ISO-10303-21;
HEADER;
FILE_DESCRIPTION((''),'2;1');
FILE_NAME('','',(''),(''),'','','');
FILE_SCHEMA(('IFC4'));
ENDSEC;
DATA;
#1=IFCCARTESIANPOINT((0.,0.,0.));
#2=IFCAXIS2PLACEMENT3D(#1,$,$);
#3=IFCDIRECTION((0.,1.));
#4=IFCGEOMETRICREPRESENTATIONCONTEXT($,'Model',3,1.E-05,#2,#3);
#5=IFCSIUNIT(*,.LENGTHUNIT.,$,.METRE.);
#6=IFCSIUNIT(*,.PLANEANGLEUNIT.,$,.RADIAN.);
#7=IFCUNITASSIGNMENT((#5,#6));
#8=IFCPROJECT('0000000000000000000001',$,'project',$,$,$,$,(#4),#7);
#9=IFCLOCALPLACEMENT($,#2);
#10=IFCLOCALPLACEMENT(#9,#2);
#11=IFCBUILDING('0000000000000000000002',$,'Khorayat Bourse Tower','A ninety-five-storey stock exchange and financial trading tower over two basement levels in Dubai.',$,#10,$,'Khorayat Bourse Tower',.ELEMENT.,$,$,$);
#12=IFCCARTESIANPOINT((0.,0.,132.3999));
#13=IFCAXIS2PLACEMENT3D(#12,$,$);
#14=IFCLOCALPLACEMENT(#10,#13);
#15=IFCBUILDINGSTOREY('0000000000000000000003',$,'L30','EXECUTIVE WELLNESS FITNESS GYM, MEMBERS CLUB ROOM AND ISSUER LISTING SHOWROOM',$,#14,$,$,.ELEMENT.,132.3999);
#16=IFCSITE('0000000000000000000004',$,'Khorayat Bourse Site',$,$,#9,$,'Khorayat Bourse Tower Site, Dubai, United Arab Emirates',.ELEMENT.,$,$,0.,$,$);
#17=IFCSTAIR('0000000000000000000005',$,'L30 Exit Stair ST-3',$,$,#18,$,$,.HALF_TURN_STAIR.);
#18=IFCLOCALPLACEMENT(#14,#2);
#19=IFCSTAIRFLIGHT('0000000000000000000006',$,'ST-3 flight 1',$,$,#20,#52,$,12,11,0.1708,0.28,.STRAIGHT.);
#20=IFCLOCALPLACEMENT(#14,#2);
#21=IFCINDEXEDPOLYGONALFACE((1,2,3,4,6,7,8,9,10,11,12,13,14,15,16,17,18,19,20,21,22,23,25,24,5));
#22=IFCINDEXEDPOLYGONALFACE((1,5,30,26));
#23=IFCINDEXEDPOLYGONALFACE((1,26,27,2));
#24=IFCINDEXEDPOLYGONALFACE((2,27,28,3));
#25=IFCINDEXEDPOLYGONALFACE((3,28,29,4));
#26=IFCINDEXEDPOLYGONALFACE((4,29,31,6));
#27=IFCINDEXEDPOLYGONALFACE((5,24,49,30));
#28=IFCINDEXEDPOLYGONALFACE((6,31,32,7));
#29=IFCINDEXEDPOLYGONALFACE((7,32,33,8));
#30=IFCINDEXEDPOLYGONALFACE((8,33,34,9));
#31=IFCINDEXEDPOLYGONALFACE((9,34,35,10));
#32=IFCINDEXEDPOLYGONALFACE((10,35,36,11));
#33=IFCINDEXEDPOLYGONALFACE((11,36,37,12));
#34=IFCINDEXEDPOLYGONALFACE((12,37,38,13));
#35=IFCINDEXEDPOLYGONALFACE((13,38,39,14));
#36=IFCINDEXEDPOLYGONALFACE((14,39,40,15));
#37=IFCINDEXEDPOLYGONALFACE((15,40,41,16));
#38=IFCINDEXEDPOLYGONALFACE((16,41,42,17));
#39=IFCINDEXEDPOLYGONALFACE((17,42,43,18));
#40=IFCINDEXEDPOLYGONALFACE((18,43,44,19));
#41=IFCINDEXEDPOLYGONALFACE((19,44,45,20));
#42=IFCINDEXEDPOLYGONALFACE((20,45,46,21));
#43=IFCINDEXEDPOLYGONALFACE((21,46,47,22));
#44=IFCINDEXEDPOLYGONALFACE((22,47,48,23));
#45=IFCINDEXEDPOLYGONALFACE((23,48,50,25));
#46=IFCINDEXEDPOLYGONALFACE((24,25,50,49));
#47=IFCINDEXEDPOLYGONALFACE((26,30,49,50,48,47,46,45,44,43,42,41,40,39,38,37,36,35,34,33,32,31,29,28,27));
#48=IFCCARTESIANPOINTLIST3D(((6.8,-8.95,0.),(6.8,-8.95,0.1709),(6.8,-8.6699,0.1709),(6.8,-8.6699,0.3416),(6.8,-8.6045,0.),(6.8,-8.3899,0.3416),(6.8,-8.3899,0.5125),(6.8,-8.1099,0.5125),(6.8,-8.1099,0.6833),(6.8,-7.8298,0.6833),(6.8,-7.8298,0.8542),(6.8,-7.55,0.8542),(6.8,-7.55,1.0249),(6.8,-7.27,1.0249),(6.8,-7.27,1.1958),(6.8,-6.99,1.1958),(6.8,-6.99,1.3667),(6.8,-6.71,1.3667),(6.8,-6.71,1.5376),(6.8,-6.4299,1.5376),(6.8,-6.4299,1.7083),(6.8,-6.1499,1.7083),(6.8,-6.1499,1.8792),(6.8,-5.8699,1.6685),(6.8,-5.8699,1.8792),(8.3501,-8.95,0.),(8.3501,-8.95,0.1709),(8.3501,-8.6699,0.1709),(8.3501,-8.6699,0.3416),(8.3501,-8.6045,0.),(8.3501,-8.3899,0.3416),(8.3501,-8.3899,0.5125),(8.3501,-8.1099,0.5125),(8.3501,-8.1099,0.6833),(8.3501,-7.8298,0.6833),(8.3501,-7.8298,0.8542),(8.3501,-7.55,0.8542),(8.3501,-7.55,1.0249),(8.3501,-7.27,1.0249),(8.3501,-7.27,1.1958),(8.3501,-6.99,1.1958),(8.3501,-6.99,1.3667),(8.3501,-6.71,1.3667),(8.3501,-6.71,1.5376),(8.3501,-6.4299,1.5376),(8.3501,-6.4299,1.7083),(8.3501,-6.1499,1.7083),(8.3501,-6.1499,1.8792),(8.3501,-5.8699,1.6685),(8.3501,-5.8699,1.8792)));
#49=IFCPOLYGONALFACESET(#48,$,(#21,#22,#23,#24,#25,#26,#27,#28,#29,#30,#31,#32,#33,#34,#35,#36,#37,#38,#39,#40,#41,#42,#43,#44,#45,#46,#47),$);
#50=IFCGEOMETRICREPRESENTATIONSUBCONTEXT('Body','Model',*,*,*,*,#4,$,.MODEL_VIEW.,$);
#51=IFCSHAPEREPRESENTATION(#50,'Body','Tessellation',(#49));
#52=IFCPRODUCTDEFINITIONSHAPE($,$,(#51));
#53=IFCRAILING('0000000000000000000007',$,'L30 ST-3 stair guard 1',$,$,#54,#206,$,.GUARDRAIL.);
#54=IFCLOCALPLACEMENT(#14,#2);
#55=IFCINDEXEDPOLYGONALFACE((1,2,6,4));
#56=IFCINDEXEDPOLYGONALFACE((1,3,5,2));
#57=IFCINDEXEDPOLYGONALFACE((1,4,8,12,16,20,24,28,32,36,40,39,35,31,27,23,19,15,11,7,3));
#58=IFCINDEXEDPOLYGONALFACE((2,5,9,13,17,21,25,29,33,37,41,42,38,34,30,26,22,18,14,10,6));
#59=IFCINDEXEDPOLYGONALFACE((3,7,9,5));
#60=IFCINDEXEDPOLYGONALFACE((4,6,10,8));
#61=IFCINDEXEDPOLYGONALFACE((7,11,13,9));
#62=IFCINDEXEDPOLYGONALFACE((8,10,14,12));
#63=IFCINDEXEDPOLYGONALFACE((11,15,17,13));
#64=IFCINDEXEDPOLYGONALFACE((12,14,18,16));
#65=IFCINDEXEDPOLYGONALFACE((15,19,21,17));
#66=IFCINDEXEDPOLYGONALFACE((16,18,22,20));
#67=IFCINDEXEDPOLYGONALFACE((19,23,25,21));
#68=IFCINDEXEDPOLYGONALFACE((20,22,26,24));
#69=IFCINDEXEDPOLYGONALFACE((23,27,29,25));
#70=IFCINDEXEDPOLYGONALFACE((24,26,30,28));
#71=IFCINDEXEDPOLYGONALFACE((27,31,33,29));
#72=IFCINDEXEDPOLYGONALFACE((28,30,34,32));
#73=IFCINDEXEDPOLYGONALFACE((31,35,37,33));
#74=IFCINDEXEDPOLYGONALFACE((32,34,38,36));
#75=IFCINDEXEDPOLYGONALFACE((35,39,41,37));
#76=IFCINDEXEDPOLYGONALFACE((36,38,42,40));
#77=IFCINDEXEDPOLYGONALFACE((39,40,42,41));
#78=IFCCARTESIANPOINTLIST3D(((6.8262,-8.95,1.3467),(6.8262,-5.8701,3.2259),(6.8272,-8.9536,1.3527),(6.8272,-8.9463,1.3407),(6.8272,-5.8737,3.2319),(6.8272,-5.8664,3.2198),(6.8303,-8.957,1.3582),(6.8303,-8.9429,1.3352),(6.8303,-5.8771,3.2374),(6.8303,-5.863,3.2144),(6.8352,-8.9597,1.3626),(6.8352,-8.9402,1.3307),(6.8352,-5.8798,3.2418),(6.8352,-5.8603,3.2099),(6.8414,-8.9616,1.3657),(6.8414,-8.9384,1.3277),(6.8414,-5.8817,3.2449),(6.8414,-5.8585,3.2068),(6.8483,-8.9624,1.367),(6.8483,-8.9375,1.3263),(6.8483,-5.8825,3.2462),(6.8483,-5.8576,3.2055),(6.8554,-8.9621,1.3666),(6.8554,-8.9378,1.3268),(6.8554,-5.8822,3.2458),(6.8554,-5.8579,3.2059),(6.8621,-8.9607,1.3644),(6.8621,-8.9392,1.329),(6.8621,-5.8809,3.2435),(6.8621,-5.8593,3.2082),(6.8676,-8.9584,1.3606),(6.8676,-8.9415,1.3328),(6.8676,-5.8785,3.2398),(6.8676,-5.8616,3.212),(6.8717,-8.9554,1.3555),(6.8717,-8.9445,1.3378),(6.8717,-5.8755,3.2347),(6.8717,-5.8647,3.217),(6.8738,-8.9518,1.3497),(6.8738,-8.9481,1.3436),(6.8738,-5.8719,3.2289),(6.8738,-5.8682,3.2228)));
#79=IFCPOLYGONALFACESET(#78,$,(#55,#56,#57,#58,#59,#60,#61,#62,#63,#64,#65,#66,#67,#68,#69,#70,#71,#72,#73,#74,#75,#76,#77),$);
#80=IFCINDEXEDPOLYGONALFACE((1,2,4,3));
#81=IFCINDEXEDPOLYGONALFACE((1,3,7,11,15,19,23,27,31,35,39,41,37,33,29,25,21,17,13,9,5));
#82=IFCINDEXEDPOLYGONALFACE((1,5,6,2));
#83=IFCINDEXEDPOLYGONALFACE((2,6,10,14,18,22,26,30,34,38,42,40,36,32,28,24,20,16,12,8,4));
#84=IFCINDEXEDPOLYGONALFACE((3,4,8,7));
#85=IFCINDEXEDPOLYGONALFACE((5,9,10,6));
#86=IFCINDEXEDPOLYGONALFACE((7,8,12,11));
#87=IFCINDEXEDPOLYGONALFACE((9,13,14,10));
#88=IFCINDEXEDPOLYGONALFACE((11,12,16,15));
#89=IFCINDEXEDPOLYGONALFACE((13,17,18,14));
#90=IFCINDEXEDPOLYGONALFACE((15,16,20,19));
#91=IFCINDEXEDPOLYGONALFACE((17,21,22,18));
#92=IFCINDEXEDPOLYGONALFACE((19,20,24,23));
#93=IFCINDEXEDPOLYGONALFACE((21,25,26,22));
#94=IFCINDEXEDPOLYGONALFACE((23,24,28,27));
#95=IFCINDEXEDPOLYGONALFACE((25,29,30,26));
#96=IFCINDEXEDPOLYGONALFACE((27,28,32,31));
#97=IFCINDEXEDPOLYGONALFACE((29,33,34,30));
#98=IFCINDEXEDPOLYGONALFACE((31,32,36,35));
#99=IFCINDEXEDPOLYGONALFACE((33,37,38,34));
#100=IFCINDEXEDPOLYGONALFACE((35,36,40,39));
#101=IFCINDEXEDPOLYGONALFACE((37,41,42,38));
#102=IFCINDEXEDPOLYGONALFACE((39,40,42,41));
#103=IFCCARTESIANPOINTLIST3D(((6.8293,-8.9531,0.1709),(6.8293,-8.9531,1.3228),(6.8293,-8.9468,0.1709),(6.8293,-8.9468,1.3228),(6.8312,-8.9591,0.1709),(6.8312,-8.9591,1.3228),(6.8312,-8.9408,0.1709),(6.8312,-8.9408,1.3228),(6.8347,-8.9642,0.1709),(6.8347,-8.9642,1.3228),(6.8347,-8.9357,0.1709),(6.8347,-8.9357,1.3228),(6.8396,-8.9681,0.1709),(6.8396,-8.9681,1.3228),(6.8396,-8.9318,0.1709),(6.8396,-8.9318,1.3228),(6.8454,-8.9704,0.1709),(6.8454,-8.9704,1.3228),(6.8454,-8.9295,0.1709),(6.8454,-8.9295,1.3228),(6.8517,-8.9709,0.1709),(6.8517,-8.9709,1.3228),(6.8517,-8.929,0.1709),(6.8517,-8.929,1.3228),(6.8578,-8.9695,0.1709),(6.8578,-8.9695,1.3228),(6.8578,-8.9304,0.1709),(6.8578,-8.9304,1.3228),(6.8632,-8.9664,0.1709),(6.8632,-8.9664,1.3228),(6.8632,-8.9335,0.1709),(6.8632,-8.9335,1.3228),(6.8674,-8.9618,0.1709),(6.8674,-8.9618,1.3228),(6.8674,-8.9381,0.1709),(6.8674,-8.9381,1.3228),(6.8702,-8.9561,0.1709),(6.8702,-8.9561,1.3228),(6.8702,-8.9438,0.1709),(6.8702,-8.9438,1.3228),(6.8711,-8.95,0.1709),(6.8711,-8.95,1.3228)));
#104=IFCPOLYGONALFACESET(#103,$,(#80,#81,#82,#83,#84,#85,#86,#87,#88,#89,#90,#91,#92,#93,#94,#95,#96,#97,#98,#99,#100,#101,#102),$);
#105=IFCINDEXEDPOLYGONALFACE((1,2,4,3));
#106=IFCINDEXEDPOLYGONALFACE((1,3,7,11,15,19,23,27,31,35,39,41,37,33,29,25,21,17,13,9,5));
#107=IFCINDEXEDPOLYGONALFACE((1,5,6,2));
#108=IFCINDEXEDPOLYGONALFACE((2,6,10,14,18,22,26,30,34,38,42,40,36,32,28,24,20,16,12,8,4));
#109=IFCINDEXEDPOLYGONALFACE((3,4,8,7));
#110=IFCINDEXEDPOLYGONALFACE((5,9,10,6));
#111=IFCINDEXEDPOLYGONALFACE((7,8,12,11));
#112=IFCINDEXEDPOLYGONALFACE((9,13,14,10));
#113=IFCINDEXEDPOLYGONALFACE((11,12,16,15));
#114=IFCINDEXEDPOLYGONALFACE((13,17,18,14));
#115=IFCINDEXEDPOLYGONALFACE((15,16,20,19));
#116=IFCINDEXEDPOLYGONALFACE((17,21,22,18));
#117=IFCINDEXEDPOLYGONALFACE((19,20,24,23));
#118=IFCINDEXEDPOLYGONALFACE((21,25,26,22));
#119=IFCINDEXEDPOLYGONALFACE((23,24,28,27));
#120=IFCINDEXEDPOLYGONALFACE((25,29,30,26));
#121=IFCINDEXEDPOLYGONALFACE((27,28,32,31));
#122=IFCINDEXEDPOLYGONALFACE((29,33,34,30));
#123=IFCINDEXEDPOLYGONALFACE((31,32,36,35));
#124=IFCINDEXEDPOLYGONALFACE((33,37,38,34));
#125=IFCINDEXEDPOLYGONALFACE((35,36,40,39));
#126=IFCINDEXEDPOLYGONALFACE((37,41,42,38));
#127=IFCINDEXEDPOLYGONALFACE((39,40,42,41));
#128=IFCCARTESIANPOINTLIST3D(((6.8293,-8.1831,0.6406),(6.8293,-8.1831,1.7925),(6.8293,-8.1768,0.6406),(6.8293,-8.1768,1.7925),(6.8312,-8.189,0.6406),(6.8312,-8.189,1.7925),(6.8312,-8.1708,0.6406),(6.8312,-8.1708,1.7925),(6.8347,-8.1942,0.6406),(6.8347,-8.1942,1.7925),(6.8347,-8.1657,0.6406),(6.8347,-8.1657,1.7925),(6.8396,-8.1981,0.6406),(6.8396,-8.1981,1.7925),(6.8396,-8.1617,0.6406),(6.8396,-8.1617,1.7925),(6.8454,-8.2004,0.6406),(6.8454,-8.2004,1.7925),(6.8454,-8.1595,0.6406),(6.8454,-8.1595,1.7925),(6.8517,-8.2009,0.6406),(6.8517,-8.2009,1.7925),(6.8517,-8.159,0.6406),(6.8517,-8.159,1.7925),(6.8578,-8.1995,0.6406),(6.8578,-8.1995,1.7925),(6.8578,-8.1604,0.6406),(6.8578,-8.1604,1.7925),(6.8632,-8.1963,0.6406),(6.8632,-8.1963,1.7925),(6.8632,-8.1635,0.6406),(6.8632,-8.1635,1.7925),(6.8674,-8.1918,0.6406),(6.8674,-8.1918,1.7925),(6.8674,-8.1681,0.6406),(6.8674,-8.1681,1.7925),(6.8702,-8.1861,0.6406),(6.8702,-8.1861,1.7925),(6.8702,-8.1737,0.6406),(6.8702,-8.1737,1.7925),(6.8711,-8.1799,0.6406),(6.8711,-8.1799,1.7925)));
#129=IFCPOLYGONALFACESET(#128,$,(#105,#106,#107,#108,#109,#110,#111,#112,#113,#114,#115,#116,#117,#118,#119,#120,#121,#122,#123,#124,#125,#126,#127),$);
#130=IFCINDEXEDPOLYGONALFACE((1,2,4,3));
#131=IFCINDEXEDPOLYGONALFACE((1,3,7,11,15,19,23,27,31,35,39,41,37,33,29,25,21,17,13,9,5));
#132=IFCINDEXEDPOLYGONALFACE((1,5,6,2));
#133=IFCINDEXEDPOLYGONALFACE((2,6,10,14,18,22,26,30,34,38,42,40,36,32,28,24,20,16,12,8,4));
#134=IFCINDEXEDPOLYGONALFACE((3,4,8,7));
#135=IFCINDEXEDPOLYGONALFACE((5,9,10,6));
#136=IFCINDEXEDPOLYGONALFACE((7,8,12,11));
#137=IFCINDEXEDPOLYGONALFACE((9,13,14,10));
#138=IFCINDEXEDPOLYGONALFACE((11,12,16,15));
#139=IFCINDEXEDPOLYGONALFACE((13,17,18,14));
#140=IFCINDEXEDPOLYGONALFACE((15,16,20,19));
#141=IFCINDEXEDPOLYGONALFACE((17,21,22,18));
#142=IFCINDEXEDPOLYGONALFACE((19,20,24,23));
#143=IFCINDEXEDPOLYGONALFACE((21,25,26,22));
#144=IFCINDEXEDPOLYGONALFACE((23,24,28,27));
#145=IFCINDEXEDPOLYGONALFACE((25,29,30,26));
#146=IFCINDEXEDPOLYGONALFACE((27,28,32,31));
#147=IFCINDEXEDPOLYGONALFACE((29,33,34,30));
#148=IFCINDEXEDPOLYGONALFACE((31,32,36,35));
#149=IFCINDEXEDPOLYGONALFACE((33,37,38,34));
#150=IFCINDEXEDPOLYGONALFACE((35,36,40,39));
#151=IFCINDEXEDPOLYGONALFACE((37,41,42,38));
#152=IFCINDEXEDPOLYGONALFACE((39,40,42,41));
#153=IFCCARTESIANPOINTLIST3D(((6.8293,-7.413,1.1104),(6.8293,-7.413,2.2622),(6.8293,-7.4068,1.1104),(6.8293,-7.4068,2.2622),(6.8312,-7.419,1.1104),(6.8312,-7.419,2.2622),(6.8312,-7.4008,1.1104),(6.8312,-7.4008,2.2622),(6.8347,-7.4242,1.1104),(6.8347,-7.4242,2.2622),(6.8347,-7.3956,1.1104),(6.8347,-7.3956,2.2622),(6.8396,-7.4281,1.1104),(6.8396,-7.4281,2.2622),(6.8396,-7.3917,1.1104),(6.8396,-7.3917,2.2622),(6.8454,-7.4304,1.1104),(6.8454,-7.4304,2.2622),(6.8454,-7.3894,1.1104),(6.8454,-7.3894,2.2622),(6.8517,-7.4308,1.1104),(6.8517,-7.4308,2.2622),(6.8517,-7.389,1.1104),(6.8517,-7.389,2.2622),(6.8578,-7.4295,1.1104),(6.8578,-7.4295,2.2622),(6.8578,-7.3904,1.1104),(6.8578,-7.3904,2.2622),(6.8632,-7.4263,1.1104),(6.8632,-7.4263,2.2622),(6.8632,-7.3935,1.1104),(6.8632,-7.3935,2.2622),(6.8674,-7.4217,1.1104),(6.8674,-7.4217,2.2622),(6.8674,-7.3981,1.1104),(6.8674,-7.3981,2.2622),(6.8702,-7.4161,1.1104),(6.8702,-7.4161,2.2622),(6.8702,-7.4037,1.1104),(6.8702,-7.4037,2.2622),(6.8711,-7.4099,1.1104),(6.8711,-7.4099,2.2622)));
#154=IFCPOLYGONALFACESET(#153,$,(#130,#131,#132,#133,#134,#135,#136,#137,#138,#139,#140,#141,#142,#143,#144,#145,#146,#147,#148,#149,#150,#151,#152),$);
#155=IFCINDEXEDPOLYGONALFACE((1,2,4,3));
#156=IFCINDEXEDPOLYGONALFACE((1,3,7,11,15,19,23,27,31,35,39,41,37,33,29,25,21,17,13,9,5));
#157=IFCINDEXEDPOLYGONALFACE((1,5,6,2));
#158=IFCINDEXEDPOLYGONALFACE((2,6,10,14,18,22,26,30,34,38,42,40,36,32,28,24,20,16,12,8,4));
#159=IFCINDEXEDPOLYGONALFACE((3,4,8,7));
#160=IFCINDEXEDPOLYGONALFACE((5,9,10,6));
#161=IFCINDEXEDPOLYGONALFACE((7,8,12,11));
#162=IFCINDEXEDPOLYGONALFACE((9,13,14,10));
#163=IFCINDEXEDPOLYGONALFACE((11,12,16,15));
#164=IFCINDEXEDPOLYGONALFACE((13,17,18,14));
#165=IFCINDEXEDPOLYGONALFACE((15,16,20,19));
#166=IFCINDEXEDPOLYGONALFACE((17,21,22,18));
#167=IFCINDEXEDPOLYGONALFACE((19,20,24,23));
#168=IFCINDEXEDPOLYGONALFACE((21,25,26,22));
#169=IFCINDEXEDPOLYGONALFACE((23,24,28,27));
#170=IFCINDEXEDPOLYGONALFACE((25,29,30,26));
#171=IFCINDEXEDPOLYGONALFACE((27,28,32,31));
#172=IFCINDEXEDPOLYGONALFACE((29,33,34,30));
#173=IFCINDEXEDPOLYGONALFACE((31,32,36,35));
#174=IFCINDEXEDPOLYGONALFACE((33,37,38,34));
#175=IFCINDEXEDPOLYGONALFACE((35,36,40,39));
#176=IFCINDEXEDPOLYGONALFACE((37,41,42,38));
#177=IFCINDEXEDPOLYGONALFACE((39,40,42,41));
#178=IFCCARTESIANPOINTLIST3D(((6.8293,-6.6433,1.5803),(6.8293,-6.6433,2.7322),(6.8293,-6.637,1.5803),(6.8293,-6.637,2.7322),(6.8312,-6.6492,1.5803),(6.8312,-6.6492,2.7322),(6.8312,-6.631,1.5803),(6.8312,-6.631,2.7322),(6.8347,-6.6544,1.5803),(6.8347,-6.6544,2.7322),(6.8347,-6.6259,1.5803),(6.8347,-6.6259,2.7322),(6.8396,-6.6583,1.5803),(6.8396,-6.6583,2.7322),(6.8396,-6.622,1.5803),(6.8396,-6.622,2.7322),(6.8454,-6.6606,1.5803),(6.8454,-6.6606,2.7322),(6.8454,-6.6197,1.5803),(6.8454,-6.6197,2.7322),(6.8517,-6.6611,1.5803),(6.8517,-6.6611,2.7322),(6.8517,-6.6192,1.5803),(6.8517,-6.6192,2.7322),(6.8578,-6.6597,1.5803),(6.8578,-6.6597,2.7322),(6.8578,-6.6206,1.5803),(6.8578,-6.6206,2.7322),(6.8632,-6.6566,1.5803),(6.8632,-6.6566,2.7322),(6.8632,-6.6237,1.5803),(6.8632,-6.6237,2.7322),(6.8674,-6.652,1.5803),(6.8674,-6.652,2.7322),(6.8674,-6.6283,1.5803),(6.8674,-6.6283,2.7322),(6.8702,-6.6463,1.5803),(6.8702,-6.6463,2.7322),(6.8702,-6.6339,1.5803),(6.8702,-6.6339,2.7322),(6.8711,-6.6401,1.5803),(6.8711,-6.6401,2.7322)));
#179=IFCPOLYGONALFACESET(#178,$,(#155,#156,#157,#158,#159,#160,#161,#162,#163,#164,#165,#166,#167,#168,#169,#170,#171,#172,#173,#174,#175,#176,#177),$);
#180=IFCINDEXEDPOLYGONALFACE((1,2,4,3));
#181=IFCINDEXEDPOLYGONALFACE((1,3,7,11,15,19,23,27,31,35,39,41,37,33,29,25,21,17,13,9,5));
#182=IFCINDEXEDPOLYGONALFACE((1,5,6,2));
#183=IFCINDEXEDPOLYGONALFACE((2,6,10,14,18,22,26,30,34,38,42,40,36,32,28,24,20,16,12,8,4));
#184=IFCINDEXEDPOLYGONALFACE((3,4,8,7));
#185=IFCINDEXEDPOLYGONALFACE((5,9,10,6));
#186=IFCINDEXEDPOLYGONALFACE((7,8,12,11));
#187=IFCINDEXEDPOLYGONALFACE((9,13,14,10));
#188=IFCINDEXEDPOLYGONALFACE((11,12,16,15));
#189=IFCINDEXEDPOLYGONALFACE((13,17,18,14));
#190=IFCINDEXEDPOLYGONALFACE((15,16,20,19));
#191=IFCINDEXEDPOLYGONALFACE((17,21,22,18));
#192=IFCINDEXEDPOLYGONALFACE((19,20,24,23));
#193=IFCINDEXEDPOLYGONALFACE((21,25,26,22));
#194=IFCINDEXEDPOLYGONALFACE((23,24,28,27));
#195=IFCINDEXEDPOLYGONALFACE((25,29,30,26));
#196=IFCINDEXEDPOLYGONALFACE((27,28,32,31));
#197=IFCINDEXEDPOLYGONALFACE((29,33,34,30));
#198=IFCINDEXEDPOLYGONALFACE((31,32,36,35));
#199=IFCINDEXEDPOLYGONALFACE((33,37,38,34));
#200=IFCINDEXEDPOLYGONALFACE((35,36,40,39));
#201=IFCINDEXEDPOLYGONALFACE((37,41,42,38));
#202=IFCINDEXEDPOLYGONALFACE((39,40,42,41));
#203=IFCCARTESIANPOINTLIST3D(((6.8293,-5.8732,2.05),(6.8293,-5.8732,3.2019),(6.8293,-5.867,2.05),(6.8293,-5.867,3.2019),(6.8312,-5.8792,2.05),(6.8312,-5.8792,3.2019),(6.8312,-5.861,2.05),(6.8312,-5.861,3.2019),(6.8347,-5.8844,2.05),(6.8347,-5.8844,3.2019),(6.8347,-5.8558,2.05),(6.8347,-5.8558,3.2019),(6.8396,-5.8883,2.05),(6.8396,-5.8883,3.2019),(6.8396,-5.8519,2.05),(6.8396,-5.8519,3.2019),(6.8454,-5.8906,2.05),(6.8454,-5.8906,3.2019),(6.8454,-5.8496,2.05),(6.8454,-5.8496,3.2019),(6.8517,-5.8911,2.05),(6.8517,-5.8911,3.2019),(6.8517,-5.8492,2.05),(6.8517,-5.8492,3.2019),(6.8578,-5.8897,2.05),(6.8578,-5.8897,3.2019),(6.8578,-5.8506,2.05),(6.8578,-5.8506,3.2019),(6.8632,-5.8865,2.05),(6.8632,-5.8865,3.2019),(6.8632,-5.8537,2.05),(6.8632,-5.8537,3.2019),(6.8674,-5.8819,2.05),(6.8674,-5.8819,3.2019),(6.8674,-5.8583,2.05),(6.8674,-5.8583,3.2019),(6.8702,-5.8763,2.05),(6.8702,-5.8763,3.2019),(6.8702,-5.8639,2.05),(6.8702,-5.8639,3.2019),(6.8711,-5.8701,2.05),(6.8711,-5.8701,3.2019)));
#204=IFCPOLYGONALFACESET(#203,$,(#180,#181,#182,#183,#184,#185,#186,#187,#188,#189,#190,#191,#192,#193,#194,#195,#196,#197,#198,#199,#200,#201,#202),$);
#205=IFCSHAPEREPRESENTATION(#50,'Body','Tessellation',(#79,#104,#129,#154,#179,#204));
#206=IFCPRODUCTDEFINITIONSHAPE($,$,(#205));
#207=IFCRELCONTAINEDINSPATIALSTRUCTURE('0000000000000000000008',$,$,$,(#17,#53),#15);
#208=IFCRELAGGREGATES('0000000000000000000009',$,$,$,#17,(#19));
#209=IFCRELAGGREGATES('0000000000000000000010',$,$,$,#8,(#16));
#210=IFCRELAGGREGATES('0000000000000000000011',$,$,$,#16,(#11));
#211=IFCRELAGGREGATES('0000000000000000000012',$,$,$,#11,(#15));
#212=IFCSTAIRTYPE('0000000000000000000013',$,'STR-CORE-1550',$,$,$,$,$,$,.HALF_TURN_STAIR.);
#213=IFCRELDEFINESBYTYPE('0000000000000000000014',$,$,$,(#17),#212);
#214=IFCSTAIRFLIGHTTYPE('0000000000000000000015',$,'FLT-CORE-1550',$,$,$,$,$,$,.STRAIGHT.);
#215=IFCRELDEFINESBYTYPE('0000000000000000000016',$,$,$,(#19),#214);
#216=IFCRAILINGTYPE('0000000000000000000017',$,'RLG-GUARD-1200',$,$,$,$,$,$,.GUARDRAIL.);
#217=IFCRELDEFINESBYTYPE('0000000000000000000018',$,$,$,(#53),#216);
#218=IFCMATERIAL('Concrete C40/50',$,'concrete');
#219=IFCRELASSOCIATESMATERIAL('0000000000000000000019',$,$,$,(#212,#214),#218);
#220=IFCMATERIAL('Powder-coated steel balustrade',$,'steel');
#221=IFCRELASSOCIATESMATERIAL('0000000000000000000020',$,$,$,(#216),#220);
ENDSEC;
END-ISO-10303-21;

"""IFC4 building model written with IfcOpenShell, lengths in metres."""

from ifc_helpers import new_model, si_unit, direction, frame, origin, origin_2d, place, context, subcontext, project, spatial, polyline, circle, outline, extrude, source, transform, mapped, material, type_object, element, aggregate, save


model = new_model("IFC4")

# Units and contexts
model_context = context("Model", 3, precision=1e-05, world=origin(), true_north=direction((0.0, 1.0)))
body_context = subcontext(model_context, "Body", "Model", "MODEL_VIEW")
ifc_project = project(units=[si_unit("LENGTHUNIT", "METRE"), si_unit("PLANEANGLEUNIT", "RADIAN")], contexts=[model_context])

# Site, building, storey
site_placement = place(None, origin())
site = spatial("IfcSite", under=ifc_project, at=site_placement, Name="Khorayat Bourse Site", LongName="Khorayat Bourse Tower Site, Dubai, United Arab Emirates", CompositionType="ELEMENT", RefElevation=0.0)
building_placement = place(site_placement, origin())
building = spatial("IfcBuilding", under=site, at=building_placement, Name="Khorayat Bourse Tower", Description="A ninety-five-storey stock exchange and financial trading tower over two basement levels in Dubai.", LongName="Khorayat Bourse Tower", CompositionType="ELEMENT")
storey_placement = place(building_placement, frame((0.0, 0.0, 132.3999)))
storey = spatial("IfcBuildingStorey", under=building, at=storey_placement, Name="L30", Description="EXECUTIVE WELLNESS FITNESS GYM, MEMBERS CLUB ROOM AND ISSUER LISTING SHOWROOM", CompositionType="ELEMENT", Elevation=132.3999)

# Stair, stair flight
ifc_material_1 = material(Name="Concrete C40/50", Category="concrete")
stair_type = type_object("IfcStairType", Name="STR-CORE-1550", PredefinedType="HALF_TURN_STAIR", material=ifc_material_1)
stair_placement = place(storey_placement, origin())
stair = element("IfcStair", 1, at=stair_placement, inside=storey, type_object=stair_type, Name="L30 Exit Stair ST-3", PredefinedType="HALF_TURN_STAIR")
stair_flight_type = type_object("IfcStairFlightType", Name="FLT-CORE-1550", PredefinedType="STRAIGHT", material=ifc_material_1)
shared_shape_1 = source(origin(), body_context, "Body", "SweptSolid", [
    extrude(outline(polyline([(0.0, 0.0), (0.0, 0.1709), (0.28, 0.1709), (0.28, 0.3416), (0.5601, 0.3416), (0.5601, 0.5125), (0.8401, 0.5125), (0.8401, 0.6833), (1.1201, 0.6833), (1.1201, 0.8542), (1.3999, 0.8542), (1.3999, 1.0249), (1.6799, 1.0249), (1.6799, 1.1958), (1.96, 1.1958), (1.96, 1.3667), (2.24, 1.3667), (2.24, 1.5376), (2.52, 1.5376), (2.52, 1.7083), (2.8, 1.7083), (2.8, 1.8792), (3.0801, 1.8792), (3.0801, 2.05), (3.0801, 1.6685), (0.3455, 0.0), (0.0, 0.0)])), frame((0.0, 0.7749, 0.0), z_axis=(0.0, -1.0, 0.0), x_axis=(1.0, 0.0, 0.0)), (0.0, 0.0, 1.0), 1.55),
])
stair_flight_placement = place(storey_placement, frame((7.575, -8.95, 0.0), z_axis=(0.0, 0.0, 1.0), x_axis=(0.0, 1.0, 0.0)))
stair_flight = element("IfcStairFlight", 2, at=stair_flight_placement, type_object=stair_flight_type, Name="ST-3 flight 1", NumberOfRisers=12, NumberOfTreads=11, PredefinedType="STRAIGHT", RiserHeight=0.1708, TreadLength=0.28, context=body_context, shape_type="MappedRepresentation", body=[
    mapped(shared_shape_1, transform((0.0, 0.0, 0.0), scale=1.0)),
])
aggregate(stair, [stair_flight])

# Railing
ifc_material_2 = material(Name="Powder-coated steel balustrade", Category="steel")
railing_type_1 = type_object("IfcRailingType", Name="RLG-GUARD-1200", PredefinedType="GUARDRAIL", material=ifc_material_2)
shared_shape_2 = source(origin(), body_context, "Body", "SweptSolid", [
    extrude(circle(Radius=0.0239, at=origin_2d()), frame((0.0, 0.0, 1.1758), z_axis=(0.0, 0.853648, 0.52085), x_axis=(-1.0, 0.0, 0.0)), (0.0, 0.0, 1.0), 3.6079),
    extrude(circle(Radius=0.021, at=origin_2d()), origin(), (0.0, 0.0, 1.0), 1.1519),
    extrude(circle(Radius=0.021, at=origin_2d()), frame((0.0, 0.77, 0.4697)), (0.0, 0.0, 1.0), 1.1519),
    extrude(circle(Radius=0.021, at=origin_2d()), frame((0.0, 1.54, 0.9395)), (0.0, 0.0, 1.0), 1.1519),
    extrude(circle(Radius=0.021, at=origin_2d()), frame((0.0, 2.3098, 1.4094)), (0.0, 0.0, 1.0), 1.1519),
    extrude(circle(Radius=0.021, at=origin_2d()), frame((0.0, 3.0798, 1.8792)), (0.0, 0.0, 1.0), 1.1519),
])
railing_1_placement = place(storey_placement, frame((6.8501, -8.95, 0.1709)))
element("IfcRailing", 3, at=railing_1_placement, inside=storey, type_object=railing_type_1, Name="L30 ST-3 stair guard 1", PredefinedType="GUARDRAIL", context=body_context, shape_type="MappedRepresentation", body=[
    mapped(shared_shape_2, transform((0.0, 0.0, 0.0), scale=1.0)),
])

save(model, "model.ifc")
